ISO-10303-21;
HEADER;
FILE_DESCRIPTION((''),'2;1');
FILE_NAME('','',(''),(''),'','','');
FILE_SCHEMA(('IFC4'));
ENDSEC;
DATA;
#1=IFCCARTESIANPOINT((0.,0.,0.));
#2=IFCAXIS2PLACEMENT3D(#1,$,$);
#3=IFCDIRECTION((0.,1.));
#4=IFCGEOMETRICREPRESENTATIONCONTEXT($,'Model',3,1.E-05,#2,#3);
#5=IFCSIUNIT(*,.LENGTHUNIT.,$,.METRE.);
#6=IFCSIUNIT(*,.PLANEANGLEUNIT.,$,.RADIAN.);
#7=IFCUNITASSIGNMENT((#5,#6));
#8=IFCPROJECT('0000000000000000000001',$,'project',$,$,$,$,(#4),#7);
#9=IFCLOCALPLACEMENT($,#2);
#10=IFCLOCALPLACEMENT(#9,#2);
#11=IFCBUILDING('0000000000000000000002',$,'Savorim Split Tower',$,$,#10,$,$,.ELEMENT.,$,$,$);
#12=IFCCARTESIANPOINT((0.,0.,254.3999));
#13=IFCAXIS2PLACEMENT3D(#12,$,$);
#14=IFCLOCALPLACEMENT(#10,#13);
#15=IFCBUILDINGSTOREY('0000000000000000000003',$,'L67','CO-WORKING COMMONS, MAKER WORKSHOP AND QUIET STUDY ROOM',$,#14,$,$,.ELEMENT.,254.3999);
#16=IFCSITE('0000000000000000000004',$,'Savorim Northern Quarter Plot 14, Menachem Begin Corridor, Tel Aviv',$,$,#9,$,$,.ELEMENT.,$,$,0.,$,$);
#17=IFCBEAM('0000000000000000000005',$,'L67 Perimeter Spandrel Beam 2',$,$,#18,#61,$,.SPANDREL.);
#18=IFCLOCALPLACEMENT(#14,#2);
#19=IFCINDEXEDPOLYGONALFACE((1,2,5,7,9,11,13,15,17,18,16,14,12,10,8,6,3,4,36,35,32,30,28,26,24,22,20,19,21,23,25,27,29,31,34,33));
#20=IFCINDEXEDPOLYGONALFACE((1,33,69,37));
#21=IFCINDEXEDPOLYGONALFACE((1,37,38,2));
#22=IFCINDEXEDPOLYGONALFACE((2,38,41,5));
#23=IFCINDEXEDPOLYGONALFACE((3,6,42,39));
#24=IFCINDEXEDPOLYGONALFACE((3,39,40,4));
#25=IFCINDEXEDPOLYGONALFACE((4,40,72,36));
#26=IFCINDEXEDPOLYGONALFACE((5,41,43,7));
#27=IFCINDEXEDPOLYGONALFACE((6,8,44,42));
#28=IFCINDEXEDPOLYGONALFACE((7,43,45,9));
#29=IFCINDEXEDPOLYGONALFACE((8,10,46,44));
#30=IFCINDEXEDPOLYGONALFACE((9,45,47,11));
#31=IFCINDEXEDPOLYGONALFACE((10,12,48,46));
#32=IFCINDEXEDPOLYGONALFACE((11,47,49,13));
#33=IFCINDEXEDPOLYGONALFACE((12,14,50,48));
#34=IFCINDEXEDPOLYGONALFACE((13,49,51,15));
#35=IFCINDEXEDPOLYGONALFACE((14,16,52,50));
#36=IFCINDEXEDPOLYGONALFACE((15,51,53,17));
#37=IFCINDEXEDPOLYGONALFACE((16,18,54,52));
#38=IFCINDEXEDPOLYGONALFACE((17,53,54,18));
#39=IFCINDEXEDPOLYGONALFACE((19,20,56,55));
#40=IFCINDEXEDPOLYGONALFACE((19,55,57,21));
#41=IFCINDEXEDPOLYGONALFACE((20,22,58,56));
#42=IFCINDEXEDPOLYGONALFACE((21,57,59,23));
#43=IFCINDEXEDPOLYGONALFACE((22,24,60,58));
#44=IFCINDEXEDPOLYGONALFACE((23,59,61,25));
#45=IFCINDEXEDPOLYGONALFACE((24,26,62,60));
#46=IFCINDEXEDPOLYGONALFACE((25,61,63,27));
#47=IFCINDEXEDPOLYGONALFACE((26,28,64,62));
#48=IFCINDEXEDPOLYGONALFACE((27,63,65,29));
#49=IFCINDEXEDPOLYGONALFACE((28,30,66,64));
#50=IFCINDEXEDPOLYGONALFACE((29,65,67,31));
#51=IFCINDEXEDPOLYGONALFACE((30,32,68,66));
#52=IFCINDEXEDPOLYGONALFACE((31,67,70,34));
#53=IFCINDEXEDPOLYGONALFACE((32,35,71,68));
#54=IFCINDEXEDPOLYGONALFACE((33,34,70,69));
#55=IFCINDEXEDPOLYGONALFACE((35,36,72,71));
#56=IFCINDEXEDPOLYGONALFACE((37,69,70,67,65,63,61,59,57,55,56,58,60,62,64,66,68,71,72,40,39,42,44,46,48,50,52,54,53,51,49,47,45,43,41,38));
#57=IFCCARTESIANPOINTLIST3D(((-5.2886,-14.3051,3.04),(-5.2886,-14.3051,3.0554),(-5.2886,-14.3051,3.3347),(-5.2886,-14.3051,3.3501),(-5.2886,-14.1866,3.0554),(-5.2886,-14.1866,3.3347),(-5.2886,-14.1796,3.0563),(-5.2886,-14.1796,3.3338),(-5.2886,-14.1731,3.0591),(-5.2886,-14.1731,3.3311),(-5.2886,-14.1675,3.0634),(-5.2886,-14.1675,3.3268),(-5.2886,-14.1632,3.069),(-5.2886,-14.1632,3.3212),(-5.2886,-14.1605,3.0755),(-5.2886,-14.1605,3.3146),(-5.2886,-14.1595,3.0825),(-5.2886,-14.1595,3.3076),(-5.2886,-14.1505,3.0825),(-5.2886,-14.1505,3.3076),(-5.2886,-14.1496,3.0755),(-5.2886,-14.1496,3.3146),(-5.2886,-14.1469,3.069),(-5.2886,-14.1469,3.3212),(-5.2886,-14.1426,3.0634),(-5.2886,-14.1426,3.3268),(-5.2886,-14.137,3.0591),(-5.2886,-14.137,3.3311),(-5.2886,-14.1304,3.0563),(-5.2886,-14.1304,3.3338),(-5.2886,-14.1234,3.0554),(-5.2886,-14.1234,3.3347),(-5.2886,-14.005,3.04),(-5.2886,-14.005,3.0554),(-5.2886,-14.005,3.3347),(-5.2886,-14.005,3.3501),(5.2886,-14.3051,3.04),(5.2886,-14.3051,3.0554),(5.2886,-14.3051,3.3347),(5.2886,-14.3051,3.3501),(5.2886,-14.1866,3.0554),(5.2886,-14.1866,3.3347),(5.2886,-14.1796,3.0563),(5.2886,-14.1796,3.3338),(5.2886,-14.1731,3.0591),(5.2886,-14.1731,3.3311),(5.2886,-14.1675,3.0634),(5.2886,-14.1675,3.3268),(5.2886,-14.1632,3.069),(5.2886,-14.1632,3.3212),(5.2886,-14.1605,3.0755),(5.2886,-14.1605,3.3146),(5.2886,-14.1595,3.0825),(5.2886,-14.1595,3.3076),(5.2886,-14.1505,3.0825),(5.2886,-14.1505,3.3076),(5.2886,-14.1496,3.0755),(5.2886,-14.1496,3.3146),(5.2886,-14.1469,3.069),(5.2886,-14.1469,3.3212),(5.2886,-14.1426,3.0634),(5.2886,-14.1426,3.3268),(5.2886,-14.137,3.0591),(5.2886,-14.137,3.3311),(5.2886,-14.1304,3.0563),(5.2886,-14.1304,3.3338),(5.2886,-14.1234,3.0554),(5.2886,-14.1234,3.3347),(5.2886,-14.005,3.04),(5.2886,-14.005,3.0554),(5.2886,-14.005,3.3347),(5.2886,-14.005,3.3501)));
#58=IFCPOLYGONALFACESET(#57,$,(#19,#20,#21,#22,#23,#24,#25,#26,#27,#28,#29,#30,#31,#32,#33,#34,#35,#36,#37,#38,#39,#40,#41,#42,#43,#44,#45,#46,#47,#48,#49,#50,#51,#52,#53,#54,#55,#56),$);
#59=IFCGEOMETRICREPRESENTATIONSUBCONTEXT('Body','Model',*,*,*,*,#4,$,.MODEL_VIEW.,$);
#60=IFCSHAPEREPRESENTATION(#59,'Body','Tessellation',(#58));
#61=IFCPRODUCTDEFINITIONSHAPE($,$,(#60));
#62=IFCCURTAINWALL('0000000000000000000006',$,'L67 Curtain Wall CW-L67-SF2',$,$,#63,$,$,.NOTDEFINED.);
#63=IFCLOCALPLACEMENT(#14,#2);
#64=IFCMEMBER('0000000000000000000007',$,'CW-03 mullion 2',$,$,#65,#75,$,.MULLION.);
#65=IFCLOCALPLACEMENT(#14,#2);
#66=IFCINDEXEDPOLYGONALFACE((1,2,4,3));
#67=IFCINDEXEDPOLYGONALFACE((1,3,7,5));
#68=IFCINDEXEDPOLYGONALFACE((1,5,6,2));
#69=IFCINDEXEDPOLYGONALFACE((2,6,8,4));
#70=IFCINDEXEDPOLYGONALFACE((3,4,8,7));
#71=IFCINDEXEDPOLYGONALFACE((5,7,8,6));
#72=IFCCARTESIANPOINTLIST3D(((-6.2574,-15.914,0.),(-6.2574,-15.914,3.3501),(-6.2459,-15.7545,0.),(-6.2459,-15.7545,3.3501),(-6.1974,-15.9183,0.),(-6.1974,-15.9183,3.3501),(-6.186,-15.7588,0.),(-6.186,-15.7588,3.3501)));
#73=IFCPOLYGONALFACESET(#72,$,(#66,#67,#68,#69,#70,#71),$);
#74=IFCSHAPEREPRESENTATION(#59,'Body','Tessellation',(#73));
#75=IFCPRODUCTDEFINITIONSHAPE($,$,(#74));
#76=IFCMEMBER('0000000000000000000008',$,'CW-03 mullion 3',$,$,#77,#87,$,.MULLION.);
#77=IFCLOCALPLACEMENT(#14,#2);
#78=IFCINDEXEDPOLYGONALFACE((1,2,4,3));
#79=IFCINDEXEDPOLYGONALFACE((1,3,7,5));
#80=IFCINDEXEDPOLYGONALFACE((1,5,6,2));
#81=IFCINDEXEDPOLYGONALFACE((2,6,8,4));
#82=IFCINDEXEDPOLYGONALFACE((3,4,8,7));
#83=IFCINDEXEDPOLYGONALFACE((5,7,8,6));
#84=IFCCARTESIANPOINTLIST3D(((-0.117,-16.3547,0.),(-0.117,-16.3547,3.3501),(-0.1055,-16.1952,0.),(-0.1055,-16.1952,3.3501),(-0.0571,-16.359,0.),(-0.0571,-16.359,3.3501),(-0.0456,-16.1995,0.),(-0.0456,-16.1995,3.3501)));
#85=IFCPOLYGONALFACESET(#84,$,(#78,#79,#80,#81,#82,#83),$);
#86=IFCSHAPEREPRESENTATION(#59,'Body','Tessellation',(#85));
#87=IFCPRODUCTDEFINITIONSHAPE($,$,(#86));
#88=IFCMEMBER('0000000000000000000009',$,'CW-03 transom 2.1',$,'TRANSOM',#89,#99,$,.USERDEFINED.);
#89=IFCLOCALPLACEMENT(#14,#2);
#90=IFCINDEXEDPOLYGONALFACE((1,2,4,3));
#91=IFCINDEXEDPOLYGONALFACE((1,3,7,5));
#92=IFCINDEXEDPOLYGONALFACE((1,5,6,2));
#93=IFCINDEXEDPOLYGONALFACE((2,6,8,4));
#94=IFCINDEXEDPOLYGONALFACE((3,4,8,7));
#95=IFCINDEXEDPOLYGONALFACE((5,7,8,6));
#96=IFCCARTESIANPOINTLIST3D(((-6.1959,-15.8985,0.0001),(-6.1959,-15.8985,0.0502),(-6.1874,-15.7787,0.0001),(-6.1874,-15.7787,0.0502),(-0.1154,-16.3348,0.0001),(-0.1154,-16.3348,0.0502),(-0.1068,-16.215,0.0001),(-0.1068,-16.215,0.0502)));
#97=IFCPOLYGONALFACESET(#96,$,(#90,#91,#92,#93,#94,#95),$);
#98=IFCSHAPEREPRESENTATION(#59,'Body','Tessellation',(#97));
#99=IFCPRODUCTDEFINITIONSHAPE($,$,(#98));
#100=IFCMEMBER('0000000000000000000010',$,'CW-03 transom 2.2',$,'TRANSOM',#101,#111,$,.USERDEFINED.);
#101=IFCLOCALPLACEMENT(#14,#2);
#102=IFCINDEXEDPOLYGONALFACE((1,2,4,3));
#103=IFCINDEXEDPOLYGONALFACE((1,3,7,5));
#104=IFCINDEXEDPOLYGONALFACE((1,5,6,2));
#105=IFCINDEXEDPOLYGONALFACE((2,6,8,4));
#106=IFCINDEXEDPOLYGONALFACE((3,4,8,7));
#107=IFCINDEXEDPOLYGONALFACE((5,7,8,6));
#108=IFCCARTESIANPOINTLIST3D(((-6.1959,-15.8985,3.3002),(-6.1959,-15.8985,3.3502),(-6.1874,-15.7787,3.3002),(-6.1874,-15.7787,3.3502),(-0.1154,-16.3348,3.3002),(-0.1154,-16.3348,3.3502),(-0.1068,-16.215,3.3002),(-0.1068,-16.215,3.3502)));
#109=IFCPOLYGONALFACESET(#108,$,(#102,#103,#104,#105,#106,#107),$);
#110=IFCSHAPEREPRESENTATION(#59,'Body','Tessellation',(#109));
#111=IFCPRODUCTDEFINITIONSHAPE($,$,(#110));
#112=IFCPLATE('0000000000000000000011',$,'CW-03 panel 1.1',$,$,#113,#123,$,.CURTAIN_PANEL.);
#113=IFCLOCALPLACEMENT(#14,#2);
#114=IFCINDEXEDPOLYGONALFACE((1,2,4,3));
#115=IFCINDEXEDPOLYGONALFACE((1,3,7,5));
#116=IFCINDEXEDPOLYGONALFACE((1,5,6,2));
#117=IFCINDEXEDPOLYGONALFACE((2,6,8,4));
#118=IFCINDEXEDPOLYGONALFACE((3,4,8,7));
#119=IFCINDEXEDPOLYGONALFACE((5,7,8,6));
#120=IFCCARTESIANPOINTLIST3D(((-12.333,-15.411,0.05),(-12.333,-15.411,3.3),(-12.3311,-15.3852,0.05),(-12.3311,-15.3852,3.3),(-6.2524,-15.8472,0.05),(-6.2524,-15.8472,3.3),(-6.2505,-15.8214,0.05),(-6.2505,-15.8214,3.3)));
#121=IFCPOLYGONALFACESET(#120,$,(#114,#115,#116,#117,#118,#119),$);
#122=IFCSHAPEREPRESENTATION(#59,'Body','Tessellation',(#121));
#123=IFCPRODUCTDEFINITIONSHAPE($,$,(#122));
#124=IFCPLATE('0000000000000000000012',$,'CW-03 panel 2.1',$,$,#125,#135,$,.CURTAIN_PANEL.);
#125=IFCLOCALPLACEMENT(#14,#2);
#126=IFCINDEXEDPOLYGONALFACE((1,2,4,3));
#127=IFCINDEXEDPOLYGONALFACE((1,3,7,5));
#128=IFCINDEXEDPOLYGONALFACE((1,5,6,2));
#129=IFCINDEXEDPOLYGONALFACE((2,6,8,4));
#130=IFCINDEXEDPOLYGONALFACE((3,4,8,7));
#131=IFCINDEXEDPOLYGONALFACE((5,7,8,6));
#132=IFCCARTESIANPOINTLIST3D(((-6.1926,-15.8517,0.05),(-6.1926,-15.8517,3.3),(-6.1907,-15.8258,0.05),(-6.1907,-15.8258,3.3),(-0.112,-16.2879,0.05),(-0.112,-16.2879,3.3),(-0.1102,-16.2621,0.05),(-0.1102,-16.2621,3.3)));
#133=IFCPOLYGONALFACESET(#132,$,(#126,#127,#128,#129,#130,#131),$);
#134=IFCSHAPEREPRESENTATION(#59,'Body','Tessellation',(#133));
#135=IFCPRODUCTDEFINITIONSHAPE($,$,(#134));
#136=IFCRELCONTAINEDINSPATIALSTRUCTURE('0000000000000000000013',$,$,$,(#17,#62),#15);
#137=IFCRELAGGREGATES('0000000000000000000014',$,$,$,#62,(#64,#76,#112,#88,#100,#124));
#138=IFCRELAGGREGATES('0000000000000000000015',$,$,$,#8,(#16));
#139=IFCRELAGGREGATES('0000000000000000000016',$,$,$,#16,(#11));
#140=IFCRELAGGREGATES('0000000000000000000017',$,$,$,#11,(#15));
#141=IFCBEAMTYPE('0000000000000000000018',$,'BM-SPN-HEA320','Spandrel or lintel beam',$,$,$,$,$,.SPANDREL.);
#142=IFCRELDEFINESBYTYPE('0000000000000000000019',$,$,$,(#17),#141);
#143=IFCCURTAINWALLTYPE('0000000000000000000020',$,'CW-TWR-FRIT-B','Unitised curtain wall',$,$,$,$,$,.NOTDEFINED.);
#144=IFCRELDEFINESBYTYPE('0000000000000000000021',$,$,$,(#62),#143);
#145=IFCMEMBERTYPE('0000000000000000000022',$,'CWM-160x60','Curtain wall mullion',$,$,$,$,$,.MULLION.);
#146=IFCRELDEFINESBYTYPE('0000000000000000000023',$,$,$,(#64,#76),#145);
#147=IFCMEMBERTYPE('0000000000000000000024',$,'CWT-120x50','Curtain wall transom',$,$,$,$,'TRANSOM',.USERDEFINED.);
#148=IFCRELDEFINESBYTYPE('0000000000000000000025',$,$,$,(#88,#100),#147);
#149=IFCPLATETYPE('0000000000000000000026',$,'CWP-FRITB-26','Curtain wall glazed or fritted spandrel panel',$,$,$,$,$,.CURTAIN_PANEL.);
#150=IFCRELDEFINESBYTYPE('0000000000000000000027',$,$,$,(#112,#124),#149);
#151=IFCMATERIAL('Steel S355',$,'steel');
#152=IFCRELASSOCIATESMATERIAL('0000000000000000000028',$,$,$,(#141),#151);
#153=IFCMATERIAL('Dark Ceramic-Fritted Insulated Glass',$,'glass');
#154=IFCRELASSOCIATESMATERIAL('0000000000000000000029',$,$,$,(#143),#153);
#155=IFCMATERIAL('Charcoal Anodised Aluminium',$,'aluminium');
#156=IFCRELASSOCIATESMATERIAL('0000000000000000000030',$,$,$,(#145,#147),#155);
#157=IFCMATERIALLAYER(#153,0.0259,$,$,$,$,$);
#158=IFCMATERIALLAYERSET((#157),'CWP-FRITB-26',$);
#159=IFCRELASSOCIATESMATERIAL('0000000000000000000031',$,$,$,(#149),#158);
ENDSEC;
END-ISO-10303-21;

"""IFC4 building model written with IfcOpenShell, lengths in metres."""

from ifc_helpers import new_model, si_unit, direction, frame, origin, origin_2d, place, context, subcontext, project, spatial, rectangle, i_section, extrude, material, layer, layer_set, material_profile, profile_set, type_object, element, aggregate, save


model = new_model("IFC4")

# Units and contexts
model_context = context("Model", 3, precision=1e-05, world=origin(), true_north=direction((0.0, 1.0)))
body_context = subcontext(model_context, "Body", "Model", "MODEL_VIEW")
ifc_project = project(units=[si_unit("LENGTHUNIT", "METRE"), si_unit("PLANEANGLEUNIT", "RADIAN")], contexts=[model_context])

# Site, building, storey
site_placement = place(None, origin())
site = spatial("IfcSite", under=ifc_project, at=site_placement, Name="Savorim Northern Quarter Plot 14, Menachem Begin Corridor, Tel Aviv", CompositionType="ELEMENT", RefElevation=0.0)
building_placement = place(site_placement, origin())
building = spatial("IfcBuilding", under=site, at=building_placement, Name="Savorim Split Tower", CompositionType="ELEMENT")
storey_placement = place(building_placement, frame((0.0, 0.0, 254.3999)))
storey = spatial("IfcBuildingStorey", under=building, at=storey_placement, Name="L67", Description="CO-WORKING COMMONS, MAKER WORKSHOP AND QUIET STUDY ROOM", CompositionType="ELEMENT", Elevation=254.3999)

# Shared definitions
ifc_material_1 = material(Name="Steel S355", Category="steel")

# Beam
ifc_material_profile_1 = material_profile(ifc_material_1, i_section(OverallWidth=0.3, OverallDepth=0.3101, WebThickness=0.009, FlangeThickness=0.0154, FilletRadius=0.0271, at=origin_2d()), Name="HEA 320")
ifc_profile_set_1 = profile_set([ifc_material_profile_1], Name="Steel S355")
beam_type_1 = type_object("IfcBeamType", Name="BM-SPN-HEA320", Description="Spandrel or lintel beam", PredefinedType="SPANDREL", material=ifc_profile_set_1)
beam_1_placement = place(storey_placement, frame((-5.2886, -14.155, 3.1951), z_axis=(1.0, 0.0, 0.0), x_axis=(0.0, 1.0, 0.0)))
element("IfcBeam", 1, at=beam_1_placement, inside=storey, type_object=beam_type_1, Name="L67 Perimeter Spandrel Beam 2", PredefinedType="SPANDREL", context=body_context, shape_type="SweptSolid", body=[
    extrude(i_section(OverallWidth=0.3, OverallDepth=0.3101, WebThickness=0.009, FlangeThickness=0.0154, FilletRadius=0.0271, at=origin_2d()), origin(), (0.0, 0.0, 1.0), 10.5771),
])

# Curtain wall, members, plates
ifc_material_2 = material(Name="Dark Ceramic-Fritted Insulated Glass", Category="glass")
curtain_wall_type = type_object("IfcCurtainWallType", Name="CW-TWR-FRIT-B", Description="Unitised curtain wall", PredefinedType="NOTDEFINED", material=ifc_material_2)
curtain_wall_placement = place(storey_placement, origin())
curtain_wall = element("IfcCurtainWall", 2, at=curtain_wall_placement, inside=storey, type_object=curtain_wall_type, Name="L67 Curtain Wall CW-L67-SF2", PredefinedType="NOTDEFINED")
ifc_material_3 = material(Name="Charcoal Anodised Aluminium", Category="aluminium")
ifc_material_profile_2 = material_profile(ifc_material_3, rectangle(XDim=0.1599, YDim=0.0601, at=origin_2d()), Name="ALU-M 160x60")
ifc_profile_set_2 = profile_set([ifc_material_profile_2], Name="Charcoal Anodised Aluminium")
member_type_1 = type_object("IfcMemberType", Name="CWM-160x60", Description="Curtain wall mullion", PredefinedType="MULLION", material=ifc_profile_set_2)
member_1_placement = place(storey_placement, frame((-6.2217, -15.8364, 0.0), z_axis=(0.0, 0.0, 1.0), x_axis=(0.071562, 0.997436, 0.0)))
member_1 = element("IfcMember", 3, at=member_1_placement, type_object=member_type_1, Name="CW-03 mullion 2", PredefinedType="MULLION", context=body_context, shape_type="SweptSolid", body=[
    extrude(rectangle(XDim=0.1599, YDim=0.0601, at=origin_2d()), origin(), (0.0, 0.0, 1.0), 3.3501),
])
member_2_placement = place(storey_placement, frame((-0.0813, -16.2771, 0.0), z_axis=(0.0, 0.0, 1.0), x_axis=(0.071562, 0.997436, 0.0)))
member_2 = element("IfcMember", 4, at=member_2_placement, type_object=member_type_1, Name="CW-03 mullion 3", PredefinedType="MULLION", context=body_context, shape_type="SweptSolid", body=[
    extrude(rectangle(XDim=0.1599, YDim=0.0601, at=origin_2d()), origin(), (0.0, 0.0, 1.0), 3.3501),
])
ifc_material_profile_3 = material_profile(ifc_material_3, rectangle(XDim=0.1201, YDim=0.05, at=origin_2d()), Name="ALU-T 120x50")
ifc_profile_set_3 = profile_set([ifc_material_profile_3], Name="Charcoal Anodised Aluminium")
member_type_2 = type_object("IfcMemberType", Name="CWT-120x50", Description="Curtain wall transom", ElementType="TRANSOM", PredefinedType="USERDEFINED", material=ifc_profile_set_3)
member_3_placement = place(storey_placement, frame((-6.1917, -15.8386, 0.0251), z_axis=(0.997436, -0.071566, 0.0), x_axis=(0.071566, 0.997436, 0.0)))
member_3 = element("IfcMember", 5, at=member_3_placement, type_object=member_type_2, Name="CW-03 transom 2.1", ObjectType="TRANSOM", PredefinedType="USERDEFINED", context=body_context, shape_type="SweptSolid", body=[
    extrude(rectangle(XDim=0.1201, YDim=0.05, at=origin_2d()), origin(), (0.0, 0.0, 1.0), 6.0962),
])
member_4_placement = place(storey_placement, frame((-6.1917, -15.8386, 3.3252), z_axis=(0.997436, -0.071566, 0.0), x_axis=(0.071566, 0.997436, 0.0)))
member_4 = element("IfcMember", 6, at=member_4_placement, type_object=member_type_2, Name="CW-03 transom 2.2", ObjectType="TRANSOM", PredefinedType="USERDEFINED", context=body_context, shape_type="SweptSolid", body=[
    extrude(rectangle(XDim=0.1201, YDim=0.05, at=origin_2d()), origin(), (0.0, 0.0, 1.0), 6.0962),
])
ifc_layer_1 = layer(ifc_material_2, 0.0259)
ifc_layer_set_1 = layer_set([ifc_layer_1], Name="CWP-FRITB-26")
plate_type = type_object("IfcPlateType", Name="CWP-FRITB-26", Description="Curtain wall glazed or fritted spandrel panel", PredefinedType="CURTAIN_PANEL", material=ifc_layer_set_1)
plate_1_placement = place(storey_placement, frame((-9.2917, -15.6162, 0.05), z_axis=(0.0, 0.0, 1.0), x_axis=(0.997436, -0.071562, 0.0)))
plate_1 = element("IfcPlate", 7, at=plate_1_placement, type_object=plate_type, Name="CW-03 panel 1.1", PredefinedType="CURTAIN_PANEL", context=body_context, shape_type="SweptSolid", body=[
    extrude(rectangle(XDim=6.0962, YDim=0.0259, at=origin_2d()), origin(), (0.0, 0.0, 1.0), 3.25),
])
plate_2_placement = place(storey_placement, frame((-3.1514, -16.0569, 0.05), z_axis=(0.0, 0.0, 1.0), x_axis=(0.997436, -0.071562, 0.0)))
plate_2 = element("IfcPlate", 8, at=plate_2_placement, type_object=plate_type, Name="CW-03 panel 2.1", PredefinedType="CURTAIN_PANEL", context=body_context, shape_type="SweptSolid", body=[
    extrude(rectangle(XDim=6.0962, YDim=0.0259, at=origin_2d()), origin(), (0.0, 0.0, 1.0), 3.25),
])
aggregate(curtain_wall, [member_1, member_2, plate_1, member_3, member_4, plate_2])

save(model, "model.ifc")
